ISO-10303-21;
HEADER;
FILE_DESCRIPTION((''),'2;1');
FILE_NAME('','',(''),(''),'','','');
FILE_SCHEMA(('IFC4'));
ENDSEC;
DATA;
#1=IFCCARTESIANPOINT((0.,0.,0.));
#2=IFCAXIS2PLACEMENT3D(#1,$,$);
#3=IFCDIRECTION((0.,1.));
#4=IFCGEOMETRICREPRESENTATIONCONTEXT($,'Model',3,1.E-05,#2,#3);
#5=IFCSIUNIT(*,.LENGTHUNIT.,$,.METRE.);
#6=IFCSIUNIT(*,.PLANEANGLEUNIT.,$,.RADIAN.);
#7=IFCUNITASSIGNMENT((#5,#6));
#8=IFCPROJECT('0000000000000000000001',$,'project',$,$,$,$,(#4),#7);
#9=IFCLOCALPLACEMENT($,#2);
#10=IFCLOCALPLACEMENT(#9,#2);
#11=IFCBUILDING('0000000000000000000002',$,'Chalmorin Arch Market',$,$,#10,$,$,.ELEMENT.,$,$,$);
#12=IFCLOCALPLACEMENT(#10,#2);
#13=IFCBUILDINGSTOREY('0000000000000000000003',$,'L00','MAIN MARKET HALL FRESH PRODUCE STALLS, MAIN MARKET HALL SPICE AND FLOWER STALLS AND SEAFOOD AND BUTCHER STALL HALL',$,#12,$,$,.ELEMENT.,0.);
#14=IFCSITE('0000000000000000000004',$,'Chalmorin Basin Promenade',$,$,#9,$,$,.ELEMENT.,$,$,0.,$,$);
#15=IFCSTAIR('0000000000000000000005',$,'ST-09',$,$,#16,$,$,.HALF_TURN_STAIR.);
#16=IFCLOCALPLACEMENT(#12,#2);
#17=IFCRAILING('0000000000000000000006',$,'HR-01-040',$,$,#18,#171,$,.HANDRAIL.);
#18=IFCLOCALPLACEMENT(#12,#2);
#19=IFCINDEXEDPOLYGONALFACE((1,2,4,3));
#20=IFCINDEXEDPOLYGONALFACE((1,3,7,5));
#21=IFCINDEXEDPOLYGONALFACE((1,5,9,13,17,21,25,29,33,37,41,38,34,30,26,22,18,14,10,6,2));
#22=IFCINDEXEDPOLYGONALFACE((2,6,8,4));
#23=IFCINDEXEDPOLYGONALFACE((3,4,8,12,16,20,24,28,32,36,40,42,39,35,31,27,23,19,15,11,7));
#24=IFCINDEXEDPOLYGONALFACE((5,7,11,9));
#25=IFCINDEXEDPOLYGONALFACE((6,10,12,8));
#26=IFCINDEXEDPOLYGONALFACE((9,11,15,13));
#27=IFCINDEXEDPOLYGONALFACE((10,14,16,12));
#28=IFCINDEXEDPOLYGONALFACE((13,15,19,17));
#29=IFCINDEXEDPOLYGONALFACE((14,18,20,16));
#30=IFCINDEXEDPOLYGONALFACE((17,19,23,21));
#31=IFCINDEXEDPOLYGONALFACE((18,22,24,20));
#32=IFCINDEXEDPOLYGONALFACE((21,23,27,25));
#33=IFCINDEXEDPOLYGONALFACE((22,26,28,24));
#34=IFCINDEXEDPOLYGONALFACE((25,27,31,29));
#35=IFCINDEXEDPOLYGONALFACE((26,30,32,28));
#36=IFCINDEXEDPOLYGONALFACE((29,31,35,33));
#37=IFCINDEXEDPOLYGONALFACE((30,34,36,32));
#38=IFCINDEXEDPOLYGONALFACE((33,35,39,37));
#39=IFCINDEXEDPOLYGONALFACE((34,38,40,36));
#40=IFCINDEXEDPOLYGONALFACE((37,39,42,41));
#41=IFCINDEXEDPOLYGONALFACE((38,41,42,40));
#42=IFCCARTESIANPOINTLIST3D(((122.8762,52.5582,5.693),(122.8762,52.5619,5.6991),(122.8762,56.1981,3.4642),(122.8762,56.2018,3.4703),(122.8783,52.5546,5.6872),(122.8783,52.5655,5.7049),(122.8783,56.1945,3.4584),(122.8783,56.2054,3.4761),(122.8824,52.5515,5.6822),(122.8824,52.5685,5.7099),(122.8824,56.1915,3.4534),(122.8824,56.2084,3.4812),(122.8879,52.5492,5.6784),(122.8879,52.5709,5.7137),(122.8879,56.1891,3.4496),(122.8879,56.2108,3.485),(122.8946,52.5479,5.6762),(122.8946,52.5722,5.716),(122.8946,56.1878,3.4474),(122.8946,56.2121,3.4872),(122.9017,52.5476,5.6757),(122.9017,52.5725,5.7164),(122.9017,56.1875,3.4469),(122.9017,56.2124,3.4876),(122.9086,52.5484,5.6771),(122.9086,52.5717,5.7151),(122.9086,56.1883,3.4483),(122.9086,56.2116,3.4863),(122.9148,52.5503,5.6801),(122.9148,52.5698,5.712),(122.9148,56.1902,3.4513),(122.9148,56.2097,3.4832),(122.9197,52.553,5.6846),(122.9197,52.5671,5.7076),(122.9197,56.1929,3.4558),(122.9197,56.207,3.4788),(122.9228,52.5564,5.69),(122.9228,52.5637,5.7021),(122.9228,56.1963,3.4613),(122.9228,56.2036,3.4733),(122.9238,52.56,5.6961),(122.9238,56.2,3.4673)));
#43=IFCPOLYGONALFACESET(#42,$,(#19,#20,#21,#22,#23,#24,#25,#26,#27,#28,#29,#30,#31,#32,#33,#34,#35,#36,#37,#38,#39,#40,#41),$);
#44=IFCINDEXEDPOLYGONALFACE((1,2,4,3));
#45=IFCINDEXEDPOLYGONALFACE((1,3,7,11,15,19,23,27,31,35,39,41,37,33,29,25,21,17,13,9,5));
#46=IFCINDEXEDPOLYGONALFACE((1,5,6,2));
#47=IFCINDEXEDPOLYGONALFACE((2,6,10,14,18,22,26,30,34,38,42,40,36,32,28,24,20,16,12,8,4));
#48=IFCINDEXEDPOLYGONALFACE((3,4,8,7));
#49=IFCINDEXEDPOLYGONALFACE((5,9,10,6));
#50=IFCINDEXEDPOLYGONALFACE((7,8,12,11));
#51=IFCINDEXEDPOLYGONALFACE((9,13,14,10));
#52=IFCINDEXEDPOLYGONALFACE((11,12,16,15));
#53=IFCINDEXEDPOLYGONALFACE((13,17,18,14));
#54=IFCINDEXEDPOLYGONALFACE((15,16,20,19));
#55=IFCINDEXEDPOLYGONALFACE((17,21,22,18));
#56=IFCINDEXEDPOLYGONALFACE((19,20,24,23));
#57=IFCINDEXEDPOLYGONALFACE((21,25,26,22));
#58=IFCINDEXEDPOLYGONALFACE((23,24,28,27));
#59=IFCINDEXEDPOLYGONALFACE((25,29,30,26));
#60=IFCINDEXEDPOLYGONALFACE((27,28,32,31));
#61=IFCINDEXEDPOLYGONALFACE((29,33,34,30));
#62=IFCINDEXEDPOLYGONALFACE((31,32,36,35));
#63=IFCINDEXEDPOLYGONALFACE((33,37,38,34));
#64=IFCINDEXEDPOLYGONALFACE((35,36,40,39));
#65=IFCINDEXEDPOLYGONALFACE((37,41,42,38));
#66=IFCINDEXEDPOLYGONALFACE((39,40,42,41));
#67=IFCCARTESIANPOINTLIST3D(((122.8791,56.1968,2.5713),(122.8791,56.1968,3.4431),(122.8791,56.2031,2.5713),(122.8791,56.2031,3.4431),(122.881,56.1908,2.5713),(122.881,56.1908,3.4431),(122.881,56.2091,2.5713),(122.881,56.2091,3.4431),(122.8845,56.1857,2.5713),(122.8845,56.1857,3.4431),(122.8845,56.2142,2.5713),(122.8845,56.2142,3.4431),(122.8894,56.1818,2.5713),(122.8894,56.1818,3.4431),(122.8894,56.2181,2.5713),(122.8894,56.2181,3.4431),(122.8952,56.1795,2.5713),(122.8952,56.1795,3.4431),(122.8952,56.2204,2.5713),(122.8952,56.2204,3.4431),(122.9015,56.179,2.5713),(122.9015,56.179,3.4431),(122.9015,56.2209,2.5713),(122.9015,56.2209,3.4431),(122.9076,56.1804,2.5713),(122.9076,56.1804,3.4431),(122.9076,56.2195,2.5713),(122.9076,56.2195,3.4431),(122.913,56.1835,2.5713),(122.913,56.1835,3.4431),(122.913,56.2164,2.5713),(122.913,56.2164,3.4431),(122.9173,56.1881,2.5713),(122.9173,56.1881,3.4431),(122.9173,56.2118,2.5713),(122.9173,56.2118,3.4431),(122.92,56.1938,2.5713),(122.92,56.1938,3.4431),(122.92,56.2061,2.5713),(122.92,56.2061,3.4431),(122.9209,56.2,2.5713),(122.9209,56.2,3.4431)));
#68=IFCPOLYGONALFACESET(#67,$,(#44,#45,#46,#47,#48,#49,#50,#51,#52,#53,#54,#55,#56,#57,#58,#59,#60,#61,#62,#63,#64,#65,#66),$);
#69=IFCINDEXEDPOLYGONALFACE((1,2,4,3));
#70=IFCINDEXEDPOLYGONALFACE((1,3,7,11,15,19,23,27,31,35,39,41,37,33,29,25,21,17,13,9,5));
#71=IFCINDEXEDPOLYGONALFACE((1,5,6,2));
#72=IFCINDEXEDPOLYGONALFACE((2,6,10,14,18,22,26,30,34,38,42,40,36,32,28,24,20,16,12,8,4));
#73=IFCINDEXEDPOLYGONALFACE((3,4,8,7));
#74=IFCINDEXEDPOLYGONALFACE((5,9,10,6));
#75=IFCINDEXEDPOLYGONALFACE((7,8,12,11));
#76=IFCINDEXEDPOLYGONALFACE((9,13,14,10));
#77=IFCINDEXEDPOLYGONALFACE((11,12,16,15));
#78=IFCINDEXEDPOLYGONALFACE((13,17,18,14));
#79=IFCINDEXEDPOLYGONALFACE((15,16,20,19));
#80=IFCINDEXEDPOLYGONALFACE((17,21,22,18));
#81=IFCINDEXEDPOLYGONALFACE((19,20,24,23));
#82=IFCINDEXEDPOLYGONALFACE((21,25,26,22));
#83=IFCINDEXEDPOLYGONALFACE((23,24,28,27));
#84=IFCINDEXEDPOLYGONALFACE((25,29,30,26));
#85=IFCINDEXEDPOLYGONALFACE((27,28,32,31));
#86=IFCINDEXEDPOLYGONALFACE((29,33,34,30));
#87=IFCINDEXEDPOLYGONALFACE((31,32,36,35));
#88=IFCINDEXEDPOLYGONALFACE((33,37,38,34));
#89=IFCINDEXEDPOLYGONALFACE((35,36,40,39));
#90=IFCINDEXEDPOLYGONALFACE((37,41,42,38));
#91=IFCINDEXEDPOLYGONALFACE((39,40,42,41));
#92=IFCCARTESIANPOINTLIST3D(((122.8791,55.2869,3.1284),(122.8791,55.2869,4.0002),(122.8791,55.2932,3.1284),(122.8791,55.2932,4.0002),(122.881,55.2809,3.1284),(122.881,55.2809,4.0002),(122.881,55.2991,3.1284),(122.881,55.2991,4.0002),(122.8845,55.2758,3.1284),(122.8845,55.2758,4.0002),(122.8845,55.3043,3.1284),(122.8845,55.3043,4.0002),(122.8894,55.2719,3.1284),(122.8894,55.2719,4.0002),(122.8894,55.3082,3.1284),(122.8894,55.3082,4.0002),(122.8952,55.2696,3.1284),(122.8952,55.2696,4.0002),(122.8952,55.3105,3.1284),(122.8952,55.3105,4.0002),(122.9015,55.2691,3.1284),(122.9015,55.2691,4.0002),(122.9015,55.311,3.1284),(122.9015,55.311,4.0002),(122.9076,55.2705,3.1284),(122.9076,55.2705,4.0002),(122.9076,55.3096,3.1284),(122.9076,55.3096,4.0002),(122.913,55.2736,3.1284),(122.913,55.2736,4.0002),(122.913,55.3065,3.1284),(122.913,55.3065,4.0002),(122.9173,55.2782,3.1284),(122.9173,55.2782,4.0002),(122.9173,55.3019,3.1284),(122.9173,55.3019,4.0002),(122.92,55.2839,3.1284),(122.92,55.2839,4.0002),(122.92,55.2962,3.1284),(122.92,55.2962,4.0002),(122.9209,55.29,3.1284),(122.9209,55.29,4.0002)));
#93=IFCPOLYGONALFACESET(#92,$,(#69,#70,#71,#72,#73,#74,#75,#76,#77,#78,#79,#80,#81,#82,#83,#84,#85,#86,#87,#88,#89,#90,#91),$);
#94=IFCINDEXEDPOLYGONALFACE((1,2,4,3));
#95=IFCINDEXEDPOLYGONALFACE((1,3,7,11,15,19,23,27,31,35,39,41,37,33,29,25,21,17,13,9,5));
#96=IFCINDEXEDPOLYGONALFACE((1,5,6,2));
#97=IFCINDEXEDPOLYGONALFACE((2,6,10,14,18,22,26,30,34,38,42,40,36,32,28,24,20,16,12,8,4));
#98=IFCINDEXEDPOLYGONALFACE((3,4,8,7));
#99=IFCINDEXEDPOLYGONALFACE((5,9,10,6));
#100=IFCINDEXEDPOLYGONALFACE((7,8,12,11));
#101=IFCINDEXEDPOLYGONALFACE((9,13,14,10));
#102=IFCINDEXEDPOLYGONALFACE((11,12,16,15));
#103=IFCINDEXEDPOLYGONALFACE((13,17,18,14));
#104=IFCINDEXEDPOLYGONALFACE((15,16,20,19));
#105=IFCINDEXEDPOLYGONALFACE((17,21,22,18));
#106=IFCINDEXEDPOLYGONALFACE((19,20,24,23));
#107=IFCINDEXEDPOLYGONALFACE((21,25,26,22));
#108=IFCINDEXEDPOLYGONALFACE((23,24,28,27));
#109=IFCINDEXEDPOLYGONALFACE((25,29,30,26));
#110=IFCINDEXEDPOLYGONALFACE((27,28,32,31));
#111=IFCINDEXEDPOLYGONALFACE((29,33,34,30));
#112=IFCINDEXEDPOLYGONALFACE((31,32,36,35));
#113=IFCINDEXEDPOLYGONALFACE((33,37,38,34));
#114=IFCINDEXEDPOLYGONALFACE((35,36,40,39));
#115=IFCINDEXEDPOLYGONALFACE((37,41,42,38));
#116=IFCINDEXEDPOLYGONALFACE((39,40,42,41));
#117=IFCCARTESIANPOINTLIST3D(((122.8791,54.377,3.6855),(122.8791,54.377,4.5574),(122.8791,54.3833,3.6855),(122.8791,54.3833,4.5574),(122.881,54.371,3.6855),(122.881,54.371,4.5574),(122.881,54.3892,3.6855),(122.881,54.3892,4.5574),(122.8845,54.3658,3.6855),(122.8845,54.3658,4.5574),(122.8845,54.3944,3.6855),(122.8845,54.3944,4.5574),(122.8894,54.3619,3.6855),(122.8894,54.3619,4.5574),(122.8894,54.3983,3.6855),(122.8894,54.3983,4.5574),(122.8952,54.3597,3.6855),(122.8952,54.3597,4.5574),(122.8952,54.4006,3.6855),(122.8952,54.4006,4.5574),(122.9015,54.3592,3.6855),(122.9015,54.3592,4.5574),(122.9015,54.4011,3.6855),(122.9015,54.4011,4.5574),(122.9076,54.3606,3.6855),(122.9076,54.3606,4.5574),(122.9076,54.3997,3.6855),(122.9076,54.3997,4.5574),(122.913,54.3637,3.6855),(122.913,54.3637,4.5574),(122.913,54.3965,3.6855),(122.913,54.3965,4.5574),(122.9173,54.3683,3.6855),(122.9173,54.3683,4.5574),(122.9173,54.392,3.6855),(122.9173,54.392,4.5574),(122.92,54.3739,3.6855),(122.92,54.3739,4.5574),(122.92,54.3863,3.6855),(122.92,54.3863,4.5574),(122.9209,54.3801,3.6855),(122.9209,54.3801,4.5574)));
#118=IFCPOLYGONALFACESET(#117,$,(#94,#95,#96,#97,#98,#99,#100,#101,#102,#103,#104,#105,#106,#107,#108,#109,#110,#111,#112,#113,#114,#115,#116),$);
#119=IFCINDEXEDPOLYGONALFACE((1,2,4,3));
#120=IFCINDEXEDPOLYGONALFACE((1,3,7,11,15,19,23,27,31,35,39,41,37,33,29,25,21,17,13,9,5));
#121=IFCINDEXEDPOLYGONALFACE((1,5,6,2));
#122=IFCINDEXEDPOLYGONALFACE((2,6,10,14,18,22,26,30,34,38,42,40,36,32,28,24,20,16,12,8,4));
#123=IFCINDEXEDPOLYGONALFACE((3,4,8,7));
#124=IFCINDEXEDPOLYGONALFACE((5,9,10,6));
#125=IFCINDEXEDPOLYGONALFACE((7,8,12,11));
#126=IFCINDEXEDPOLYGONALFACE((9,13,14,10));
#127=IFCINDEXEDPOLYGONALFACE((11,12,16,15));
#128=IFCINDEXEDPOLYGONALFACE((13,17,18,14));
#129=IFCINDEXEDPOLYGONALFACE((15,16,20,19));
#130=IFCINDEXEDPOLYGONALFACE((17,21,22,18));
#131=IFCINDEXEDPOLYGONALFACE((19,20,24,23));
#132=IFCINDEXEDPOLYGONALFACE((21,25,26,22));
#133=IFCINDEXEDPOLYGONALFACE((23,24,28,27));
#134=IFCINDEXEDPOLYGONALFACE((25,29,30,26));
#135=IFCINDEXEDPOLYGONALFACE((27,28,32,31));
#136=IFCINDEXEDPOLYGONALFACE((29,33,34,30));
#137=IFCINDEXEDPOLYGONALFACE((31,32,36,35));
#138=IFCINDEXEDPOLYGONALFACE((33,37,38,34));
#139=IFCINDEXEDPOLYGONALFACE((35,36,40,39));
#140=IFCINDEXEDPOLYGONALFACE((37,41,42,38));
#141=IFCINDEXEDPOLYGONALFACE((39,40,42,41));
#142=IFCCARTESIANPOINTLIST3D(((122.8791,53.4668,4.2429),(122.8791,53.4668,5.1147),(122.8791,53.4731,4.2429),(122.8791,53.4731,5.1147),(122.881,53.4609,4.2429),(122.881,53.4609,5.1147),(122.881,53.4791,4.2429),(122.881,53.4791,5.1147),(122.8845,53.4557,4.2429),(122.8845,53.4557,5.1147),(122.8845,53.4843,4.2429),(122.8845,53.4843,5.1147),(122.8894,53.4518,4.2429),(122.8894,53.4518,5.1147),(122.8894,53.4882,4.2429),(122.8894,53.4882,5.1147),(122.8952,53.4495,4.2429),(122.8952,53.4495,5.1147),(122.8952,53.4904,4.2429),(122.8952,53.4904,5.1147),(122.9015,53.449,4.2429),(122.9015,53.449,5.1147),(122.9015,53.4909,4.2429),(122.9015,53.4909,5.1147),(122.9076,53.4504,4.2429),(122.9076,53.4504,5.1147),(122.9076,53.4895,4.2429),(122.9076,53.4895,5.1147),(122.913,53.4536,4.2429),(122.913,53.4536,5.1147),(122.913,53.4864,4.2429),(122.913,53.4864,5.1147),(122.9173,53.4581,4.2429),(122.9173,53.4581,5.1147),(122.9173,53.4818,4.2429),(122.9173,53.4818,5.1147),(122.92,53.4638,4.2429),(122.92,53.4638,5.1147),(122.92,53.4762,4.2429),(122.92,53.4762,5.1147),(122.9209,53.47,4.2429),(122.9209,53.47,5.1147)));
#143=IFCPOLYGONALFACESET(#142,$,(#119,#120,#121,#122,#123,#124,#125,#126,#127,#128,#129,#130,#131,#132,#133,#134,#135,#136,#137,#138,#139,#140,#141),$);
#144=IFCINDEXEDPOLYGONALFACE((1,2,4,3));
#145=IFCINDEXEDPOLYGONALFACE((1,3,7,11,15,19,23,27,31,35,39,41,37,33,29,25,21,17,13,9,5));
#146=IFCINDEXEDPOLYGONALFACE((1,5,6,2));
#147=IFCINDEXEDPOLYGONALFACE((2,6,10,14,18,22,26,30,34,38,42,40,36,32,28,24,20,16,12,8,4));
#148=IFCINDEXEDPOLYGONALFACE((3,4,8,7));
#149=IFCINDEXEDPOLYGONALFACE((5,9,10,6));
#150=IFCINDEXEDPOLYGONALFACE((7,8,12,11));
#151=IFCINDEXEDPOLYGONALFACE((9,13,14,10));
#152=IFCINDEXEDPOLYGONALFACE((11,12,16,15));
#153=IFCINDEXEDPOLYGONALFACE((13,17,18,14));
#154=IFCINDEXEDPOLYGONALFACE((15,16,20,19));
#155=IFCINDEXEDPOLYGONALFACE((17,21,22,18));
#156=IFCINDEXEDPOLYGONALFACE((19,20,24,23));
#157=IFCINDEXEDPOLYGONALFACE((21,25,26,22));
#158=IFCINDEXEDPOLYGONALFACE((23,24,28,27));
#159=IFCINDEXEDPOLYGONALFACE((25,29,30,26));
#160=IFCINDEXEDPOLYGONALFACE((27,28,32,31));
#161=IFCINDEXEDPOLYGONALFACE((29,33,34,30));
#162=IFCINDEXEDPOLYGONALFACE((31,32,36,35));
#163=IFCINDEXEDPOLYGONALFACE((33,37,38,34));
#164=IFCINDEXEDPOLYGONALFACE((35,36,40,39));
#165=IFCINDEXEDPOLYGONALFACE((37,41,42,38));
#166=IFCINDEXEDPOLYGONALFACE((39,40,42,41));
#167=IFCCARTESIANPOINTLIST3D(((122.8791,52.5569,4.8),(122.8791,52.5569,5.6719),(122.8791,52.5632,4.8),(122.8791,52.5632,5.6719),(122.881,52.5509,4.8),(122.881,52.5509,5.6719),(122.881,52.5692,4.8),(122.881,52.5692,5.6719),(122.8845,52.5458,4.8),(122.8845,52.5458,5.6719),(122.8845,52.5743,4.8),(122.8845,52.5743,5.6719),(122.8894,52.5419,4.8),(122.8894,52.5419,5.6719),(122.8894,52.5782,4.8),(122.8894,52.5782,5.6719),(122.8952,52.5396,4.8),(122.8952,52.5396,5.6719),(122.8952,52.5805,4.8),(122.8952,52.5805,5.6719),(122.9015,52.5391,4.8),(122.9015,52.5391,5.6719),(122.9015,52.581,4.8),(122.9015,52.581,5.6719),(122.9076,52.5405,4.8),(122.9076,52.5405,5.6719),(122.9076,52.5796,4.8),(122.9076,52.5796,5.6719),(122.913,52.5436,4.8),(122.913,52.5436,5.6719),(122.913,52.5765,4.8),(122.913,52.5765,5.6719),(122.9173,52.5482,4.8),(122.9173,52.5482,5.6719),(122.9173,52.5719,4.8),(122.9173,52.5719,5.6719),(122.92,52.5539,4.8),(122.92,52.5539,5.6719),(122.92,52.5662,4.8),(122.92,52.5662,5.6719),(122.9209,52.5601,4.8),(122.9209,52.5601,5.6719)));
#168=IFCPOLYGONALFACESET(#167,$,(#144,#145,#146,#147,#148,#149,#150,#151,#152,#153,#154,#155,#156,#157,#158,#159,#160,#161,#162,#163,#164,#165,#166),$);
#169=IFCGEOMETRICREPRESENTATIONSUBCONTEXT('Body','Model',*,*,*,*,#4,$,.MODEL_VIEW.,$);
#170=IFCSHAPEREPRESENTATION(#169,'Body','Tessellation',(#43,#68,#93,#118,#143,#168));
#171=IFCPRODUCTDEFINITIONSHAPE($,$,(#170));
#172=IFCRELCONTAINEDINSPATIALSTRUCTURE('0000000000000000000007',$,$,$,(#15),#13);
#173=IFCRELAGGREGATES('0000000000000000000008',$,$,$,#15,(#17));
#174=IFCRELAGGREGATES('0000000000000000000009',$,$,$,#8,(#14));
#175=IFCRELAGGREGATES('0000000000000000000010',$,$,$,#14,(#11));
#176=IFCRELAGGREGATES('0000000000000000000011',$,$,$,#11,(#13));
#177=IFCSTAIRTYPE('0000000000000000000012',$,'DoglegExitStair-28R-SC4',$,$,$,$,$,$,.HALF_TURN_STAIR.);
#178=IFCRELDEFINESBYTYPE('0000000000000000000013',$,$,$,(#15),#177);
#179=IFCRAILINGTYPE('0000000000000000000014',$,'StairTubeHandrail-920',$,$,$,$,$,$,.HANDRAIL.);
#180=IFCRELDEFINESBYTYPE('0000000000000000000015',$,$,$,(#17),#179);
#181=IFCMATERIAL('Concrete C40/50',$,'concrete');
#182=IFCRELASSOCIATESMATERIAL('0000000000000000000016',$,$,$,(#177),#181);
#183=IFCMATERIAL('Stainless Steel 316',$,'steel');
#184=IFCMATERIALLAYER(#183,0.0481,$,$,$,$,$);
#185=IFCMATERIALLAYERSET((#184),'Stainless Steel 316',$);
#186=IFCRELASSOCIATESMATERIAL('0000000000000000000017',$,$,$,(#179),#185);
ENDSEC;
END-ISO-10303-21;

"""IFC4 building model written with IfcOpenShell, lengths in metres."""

from ifc_helpers import new_model, si_unit, direction, frame, origin, origin_2d, place, context, subcontext, project, spatial, circle, extrude, material, layer, layer_set, type_object, element, aggregate, save


model = new_model("IFC4")

# Units and contexts
model_context = context("Model", 3, precision=1e-05, world=origin(), true_north=direction((0.0, 1.0)))
body_context = subcontext(model_context, "Body", "Model", "MODEL_VIEW")
ifc_project = project(units=[si_unit("LENGTHUNIT", "METRE"), si_unit("PLANEANGLEUNIT", "RADIAN")], contexts=[model_context])

# Site, building, storey
site_placement = place(None, origin())
site = spatial("IfcSite", under=ifc_project, at=site_placement, Name="Chalmorin Basin Promenade", CompositionType="ELEMENT", RefElevation=0.0)
building_placement = place(site_placement, origin())
building = spatial("IfcBuilding", under=site, at=building_placement, Name="Chalmorin Arch Market", CompositionType="ELEMENT")
storey_placement = place(building_placement, origin())
storey = spatial("IfcBuildingStorey", under=building, at=storey_placement, Name="L00", Description="MAIN MARKET HALL FRESH PRODUCE STALLS, MAIN MARKET HALL SPICE AND FLOWER STALLS AND SEAFOOD AND BUTCHER STALL HALL", CompositionType="ELEMENT", Elevation=0.0)

# Shared definitions
ifc_material_1 = material(Name="Concrete C40/50", Category="concrete")

# Stair, railing
stair_type = type_object("IfcStairType", Name="DoglegExitStair-28R-SC4", PredefinedType="HALF_TURN_STAIR", material=ifc_material_1)
stair_placement = place(storey_placement, origin())
stair = element("IfcStair", 1, at=stair_placement, inside=storey, type_object=stair_type, Name="ST-09", PredefinedType="HALF_TURN_STAIR")
ifc_material_2 = material(Name="Stainless Steel 316", Category="steel")
ifc_layer_1 = layer(ifc_material_2, 0.0481)
ifc_layer_set_1 = layer_set([ifc_layer_1], Name="Stainless Steel 316")
railing_type_1 = type_object("IfcRailingType", Name="StairTubeHandrail-920", PredefinedType="HANDRAIL", material=ifc_layer_set_1)
railing_1_placement = place(storey_placement, frame((122.8999, 56.2, 2.5713)))
railing_1 = element("IfcRailing", 2, at=railing_1_placement, type_object=railing_type_1, Name="HR-01-040", PredefinedType="HANDRAIL", context=body_context, shape_type="SweptSolid", body=[
    extrude(circle(Radius=0.0239, at=origin_2d()), frame((0.0, 0.0, 0.896), z_axis=(0.0, -0.852825, 0.522197), x_axis=(1.0, 0.0, 0.0)), (0.0, 0.0, 1.0), 4.2681),
    extrude(circle(Radius=0.021, at=origin_2d()), origin(), (0.0, 0.0, 1.0), 0.8718),
    extrude(circle(Radius=0.021, at=origin_2d()), frame((0.0, -0.9099, 0.5571)), (0.0, 0.0, 1.0), 0.8718),
    extrude(circle(Radius=0.021, at=origin_2d()), frame((0.0, -1.8198, 1.1143)), (0.0, 0.0, 1.0), 0.8718),
    extrude(circle(Radius=0.021, at=origin_2d()), frame((0.0, -2.73, 1.6716)), (0.0, 0.0, 1.0), 0.8718),
    extrude(circle(Radius=0.021, at=origin_2d()), frame((0.0, -3.6399, 2.2288)), (0.0, 0.0, 1.0), 0.8718),
])
aggregate(stair, [railing_1])

save(model, "model.ifc")
